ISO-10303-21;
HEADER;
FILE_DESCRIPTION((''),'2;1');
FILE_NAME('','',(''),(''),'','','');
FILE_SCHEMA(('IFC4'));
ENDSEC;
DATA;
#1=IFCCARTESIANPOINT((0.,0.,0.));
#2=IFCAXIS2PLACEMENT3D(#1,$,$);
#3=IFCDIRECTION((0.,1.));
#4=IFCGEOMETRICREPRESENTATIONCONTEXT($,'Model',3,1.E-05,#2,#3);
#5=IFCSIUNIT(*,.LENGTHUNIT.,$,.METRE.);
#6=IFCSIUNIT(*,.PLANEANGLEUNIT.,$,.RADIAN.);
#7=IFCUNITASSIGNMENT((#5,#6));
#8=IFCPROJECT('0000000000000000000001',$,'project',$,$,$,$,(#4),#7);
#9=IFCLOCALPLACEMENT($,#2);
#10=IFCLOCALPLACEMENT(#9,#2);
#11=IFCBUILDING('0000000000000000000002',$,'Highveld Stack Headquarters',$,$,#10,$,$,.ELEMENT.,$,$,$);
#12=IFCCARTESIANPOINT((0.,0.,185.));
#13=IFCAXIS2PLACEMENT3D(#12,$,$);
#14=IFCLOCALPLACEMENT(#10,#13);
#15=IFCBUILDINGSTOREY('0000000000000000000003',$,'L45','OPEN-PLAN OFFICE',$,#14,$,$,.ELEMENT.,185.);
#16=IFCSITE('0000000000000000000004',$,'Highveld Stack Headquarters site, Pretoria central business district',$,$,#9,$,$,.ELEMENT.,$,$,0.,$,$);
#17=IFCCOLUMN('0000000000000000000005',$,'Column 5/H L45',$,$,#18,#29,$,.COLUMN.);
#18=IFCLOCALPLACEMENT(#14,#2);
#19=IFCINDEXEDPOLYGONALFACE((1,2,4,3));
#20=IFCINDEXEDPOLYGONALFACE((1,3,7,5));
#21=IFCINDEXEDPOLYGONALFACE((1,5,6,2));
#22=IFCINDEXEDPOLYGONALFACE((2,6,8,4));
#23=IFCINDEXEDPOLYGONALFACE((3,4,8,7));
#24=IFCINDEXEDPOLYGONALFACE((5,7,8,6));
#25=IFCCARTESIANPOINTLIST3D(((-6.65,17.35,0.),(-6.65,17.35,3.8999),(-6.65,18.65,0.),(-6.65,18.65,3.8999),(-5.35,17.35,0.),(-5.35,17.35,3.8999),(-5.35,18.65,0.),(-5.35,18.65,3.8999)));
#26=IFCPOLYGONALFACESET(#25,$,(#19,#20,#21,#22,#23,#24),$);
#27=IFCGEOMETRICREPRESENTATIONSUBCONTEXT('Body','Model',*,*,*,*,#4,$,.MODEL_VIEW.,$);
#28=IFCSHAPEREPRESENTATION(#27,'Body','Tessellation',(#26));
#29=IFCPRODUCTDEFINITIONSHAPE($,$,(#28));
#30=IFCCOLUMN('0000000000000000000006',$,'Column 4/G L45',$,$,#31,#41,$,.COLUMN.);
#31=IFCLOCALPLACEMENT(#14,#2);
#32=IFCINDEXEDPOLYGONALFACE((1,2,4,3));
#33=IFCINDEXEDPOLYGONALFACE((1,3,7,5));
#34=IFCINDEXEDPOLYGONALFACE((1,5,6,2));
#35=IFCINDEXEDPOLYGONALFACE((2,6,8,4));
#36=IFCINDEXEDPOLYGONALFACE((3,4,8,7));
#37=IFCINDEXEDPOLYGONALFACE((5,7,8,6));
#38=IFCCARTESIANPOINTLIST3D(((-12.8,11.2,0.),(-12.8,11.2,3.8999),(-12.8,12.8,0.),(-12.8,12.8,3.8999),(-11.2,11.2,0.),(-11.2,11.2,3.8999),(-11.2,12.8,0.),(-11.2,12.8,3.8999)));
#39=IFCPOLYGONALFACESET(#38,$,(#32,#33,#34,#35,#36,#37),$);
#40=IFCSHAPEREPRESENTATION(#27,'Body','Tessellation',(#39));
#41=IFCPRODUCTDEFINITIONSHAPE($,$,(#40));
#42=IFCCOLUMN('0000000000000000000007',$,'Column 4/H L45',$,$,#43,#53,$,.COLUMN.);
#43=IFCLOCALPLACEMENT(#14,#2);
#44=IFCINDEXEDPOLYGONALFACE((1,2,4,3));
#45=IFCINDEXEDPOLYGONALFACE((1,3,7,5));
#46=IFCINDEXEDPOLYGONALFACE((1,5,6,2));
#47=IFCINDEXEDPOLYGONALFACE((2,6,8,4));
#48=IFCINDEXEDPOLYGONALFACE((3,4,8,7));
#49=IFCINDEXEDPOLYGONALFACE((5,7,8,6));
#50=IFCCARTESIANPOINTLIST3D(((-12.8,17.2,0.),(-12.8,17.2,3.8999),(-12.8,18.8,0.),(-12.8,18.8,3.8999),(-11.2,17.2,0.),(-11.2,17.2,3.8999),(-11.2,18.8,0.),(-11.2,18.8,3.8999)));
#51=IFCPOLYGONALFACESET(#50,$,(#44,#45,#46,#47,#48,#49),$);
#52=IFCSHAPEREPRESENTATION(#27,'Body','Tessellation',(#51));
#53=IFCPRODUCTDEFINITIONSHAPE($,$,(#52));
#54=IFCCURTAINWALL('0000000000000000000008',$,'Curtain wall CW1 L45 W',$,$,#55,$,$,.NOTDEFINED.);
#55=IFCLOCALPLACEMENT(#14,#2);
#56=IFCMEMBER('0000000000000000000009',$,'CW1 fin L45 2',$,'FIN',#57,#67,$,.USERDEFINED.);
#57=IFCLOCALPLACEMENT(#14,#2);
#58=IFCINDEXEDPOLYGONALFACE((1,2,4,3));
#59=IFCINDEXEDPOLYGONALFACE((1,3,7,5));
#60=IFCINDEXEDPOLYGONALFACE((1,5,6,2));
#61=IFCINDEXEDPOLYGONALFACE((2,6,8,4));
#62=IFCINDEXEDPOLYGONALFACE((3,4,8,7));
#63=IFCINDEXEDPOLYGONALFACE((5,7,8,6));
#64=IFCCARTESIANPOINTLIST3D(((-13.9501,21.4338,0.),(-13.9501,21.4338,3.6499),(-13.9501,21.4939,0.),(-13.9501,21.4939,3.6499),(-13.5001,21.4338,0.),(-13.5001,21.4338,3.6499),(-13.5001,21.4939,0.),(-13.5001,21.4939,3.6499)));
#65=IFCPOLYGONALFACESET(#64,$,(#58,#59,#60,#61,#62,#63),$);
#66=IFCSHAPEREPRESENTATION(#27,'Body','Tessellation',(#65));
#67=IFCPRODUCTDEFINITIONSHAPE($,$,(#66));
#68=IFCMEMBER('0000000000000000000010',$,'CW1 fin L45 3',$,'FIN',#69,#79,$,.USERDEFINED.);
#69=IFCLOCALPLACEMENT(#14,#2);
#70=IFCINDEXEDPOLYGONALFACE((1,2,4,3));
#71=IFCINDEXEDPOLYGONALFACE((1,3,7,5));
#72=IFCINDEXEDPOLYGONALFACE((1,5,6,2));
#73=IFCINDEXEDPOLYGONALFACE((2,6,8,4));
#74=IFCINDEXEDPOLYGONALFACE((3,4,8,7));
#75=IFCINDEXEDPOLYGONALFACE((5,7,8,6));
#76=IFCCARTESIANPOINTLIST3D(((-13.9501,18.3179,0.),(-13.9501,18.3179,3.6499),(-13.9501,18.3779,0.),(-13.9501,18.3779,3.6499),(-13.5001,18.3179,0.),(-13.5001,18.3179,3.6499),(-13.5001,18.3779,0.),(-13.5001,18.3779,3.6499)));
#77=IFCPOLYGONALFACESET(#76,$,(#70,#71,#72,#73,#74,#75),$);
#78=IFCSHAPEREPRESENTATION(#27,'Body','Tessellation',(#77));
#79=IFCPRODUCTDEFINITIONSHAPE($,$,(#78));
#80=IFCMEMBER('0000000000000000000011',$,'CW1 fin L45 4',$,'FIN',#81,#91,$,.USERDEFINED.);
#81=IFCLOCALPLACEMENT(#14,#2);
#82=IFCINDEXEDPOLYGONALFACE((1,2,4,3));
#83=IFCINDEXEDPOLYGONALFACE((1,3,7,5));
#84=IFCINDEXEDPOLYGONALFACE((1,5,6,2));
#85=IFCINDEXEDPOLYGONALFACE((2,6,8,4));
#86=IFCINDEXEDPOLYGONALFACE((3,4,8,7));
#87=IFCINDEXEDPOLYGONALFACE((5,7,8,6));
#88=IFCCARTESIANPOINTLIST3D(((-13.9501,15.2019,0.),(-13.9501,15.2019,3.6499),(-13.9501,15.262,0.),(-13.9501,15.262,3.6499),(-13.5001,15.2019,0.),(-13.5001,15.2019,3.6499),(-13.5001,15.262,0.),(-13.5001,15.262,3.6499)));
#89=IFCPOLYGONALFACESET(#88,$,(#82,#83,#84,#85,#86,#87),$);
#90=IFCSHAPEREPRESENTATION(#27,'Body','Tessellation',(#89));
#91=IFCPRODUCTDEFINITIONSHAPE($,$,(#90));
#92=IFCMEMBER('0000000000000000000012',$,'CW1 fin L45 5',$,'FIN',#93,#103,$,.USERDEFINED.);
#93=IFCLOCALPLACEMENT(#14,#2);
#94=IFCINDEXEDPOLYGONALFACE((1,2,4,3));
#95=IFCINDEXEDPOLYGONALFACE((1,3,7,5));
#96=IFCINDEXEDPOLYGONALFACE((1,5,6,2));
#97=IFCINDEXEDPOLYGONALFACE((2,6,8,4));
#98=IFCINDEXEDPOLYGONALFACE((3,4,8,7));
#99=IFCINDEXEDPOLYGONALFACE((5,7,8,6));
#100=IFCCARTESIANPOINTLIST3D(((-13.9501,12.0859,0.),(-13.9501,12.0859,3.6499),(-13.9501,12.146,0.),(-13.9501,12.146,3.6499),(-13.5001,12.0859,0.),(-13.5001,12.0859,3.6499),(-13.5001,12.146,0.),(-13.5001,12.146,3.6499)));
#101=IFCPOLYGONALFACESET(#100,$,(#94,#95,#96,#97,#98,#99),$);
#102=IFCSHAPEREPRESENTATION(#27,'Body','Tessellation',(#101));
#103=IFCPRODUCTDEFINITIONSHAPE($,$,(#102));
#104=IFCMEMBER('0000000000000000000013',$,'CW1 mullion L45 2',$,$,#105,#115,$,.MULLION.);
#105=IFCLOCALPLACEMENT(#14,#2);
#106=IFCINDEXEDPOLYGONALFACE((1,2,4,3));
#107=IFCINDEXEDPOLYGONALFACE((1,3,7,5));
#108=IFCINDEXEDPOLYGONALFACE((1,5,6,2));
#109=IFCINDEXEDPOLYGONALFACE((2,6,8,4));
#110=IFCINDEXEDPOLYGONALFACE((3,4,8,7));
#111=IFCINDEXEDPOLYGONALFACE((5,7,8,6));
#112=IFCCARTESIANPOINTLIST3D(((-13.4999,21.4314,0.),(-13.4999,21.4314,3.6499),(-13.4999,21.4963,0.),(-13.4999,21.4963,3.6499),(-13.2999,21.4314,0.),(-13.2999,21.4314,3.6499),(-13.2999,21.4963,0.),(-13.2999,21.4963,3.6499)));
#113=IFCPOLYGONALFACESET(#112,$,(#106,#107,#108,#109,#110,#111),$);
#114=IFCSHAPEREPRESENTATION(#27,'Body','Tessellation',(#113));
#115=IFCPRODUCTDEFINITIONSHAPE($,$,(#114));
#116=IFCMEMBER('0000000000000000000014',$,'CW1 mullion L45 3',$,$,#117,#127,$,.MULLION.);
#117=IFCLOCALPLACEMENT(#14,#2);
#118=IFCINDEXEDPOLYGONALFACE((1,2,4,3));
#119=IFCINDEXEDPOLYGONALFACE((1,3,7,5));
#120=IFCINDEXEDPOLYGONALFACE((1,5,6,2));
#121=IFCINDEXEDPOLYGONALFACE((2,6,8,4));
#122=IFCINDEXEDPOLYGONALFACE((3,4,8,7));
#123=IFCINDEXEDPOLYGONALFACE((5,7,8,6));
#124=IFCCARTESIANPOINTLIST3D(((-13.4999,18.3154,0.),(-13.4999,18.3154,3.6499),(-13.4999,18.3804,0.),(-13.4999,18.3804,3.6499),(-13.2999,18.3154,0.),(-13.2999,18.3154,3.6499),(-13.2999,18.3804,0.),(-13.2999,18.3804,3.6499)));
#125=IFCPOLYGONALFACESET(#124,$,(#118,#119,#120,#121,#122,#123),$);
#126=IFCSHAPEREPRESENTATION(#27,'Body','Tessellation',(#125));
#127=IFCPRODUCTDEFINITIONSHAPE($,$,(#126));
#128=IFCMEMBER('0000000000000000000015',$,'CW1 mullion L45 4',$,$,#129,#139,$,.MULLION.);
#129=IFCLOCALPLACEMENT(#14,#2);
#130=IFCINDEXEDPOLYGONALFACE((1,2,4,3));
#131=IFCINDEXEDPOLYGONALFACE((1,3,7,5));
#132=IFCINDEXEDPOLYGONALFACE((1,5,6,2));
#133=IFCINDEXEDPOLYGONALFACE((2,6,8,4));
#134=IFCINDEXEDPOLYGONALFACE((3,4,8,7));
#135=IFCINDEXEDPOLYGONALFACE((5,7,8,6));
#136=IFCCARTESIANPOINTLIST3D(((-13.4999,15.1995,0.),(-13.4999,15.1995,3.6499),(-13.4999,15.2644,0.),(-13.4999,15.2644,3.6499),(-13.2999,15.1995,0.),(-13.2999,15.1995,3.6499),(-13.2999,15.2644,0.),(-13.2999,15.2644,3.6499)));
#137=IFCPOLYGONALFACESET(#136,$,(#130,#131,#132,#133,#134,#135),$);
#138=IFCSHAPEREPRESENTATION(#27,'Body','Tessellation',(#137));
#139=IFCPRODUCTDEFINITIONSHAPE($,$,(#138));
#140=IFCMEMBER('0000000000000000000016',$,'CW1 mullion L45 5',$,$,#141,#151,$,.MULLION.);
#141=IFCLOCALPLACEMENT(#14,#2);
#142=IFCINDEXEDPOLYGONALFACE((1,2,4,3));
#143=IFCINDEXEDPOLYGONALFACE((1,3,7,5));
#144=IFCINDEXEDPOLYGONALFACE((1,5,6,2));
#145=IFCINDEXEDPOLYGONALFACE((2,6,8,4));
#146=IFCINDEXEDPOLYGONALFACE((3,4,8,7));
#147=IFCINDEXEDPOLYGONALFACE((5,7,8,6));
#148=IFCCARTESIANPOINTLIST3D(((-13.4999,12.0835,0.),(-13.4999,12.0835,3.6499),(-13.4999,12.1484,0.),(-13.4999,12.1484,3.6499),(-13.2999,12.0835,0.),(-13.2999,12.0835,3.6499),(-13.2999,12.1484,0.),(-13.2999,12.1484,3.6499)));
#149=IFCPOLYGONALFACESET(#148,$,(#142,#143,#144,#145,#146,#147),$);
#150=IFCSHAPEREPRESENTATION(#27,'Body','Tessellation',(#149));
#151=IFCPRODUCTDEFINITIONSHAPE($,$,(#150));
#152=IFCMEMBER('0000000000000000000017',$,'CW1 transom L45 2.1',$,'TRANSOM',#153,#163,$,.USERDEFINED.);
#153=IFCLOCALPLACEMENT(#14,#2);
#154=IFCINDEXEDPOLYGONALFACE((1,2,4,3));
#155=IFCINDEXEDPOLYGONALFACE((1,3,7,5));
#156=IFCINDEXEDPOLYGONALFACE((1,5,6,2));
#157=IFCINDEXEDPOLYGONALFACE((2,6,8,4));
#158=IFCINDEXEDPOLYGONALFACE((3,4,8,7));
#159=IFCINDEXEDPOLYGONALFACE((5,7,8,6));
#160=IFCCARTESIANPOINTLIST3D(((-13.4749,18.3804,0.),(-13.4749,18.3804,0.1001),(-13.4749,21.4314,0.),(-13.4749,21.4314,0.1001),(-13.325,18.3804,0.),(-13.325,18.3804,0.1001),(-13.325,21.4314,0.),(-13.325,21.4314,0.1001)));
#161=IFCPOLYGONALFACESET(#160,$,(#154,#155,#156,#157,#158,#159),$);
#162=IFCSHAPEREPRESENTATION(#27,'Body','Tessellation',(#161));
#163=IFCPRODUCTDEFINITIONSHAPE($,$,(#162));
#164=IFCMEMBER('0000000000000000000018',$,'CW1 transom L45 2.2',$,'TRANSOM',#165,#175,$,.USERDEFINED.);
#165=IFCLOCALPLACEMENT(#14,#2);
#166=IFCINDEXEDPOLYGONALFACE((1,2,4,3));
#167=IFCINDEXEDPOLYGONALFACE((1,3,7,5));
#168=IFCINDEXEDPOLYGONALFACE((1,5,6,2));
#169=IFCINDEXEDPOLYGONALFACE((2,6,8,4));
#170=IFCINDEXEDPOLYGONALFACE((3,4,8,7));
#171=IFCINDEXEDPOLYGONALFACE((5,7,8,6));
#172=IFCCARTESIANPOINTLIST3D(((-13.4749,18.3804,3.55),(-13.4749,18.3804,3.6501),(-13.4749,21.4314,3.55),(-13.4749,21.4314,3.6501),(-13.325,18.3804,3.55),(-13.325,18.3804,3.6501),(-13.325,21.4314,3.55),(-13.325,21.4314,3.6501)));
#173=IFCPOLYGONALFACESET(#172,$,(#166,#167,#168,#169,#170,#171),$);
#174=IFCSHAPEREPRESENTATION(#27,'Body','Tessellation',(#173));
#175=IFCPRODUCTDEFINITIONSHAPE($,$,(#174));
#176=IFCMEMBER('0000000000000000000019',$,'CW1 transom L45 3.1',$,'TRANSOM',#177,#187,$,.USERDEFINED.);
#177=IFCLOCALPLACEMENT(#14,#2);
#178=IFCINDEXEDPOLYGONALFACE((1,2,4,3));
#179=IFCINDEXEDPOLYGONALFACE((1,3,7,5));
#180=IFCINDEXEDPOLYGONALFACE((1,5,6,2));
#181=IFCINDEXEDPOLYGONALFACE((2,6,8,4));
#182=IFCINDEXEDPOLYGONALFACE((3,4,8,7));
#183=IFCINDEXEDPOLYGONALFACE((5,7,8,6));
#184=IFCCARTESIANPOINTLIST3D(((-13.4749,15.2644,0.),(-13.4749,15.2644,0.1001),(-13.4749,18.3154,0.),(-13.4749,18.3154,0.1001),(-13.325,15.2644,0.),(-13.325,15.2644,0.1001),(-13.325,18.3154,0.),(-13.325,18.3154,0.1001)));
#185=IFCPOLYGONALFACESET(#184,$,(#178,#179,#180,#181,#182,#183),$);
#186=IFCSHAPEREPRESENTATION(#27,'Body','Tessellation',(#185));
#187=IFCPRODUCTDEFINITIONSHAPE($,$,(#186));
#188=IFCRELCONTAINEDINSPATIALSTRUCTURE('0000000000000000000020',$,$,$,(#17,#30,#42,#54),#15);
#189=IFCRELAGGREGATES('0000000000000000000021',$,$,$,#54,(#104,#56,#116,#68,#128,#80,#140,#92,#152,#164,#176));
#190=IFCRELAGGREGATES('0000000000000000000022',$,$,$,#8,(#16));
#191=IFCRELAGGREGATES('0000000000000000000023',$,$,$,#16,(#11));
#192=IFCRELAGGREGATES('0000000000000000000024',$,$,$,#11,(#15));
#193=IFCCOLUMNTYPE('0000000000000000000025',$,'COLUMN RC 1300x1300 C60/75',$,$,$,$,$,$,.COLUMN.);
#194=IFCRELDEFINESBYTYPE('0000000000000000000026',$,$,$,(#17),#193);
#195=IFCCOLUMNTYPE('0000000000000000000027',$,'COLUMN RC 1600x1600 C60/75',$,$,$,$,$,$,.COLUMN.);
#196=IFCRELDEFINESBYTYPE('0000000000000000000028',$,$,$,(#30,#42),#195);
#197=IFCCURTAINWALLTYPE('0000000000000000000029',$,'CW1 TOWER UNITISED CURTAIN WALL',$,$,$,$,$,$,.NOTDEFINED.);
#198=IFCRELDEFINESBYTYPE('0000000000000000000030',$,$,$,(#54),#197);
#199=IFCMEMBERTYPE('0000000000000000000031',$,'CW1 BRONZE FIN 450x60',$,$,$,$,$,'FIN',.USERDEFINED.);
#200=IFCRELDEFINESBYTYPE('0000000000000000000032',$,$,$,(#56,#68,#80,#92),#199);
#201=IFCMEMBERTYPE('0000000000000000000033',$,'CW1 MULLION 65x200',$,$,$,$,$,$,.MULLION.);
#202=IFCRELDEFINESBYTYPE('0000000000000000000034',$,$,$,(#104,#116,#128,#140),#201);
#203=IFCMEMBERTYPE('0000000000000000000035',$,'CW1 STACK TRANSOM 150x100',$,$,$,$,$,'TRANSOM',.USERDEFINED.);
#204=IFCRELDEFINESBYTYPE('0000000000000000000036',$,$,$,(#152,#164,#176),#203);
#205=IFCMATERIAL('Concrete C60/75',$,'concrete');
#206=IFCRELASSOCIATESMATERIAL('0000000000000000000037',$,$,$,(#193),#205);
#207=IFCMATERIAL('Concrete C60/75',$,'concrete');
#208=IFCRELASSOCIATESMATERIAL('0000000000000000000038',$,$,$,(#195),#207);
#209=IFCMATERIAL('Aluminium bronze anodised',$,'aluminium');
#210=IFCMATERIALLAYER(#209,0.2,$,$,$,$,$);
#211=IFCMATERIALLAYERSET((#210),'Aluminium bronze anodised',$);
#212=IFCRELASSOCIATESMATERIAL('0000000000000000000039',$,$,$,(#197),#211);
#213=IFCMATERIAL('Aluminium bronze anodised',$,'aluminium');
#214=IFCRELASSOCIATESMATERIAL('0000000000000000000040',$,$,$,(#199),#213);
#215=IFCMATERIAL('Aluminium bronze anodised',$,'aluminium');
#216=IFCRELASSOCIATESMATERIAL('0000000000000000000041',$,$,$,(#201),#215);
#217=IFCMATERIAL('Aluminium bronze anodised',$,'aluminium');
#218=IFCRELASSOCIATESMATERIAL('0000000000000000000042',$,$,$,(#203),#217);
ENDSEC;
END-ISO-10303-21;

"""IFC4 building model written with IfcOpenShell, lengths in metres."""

from ifc_helpers import new_model, si_unit, direction, frame, origin, origin_2d, place, context, subcontext, project, spatial, rectangle, extrude, material, layer, layer_set, material_profile, profile_set, type_object, element, aggregate, save


model = new_model("IFC4")

# Units and contexts
model_context = context("Model", 3, precision=1e-05, world=origin(), true_north=direction((0.0, 1.0)))
body_context = subcontext(model_context, "Body", "Model", "MODEL_VIEW")
ifc_project = project(units=[si_unit("LENGTHUNIT", "METRE"), si_unit("PLANEANGLEUNIT", "RADIAN")], contexts=[model_context])

# Site, building, storey
site_placement = place(None, origin())
site = spatial("IfcSite", under=ifc_project, at=site_placement, Name="Highveld Stack Headquarters site, Pretoria central business district", CompositionType="ELEMENT", RefElevation=0.0)
building_placement = place(site_placement, origin())
building = spatial("IfcBuilding", under=site, at=building_placement, Name="Highveld Stack Headquarters", CompositionType="ELEMENT")
storey_placement = place(building_placement, frame((0.0, 0.0, 185.0)))
storey = spatial("IfcBuildingStorey", under=building, at=storey_placement, Name="L45", Description="OPEN-PLAN OFFICE", CompositionType="ELEMENT", Elevation=185.0)

# Columns
ifc_material_1 = material(Name="Concrete C60/75", Category="concrete")
ifc_material_profile_1 = material_profile(ifc_material_1, rectangle(XDim=1.3, YDim=1.3, at=origin_2d()), Name="RC 1300x1300")
ifc_profile_set_1 = profile_set([ifc_material_profile_1], Name="Concrete C60/75")
column_type_1 = type_object("IfcColumnType", Name="COLUMN RC 1300x1300 C60/75", PredefinedType="COLUMN", material=ifc_profile_set_1)
column_placement = place(storey_placement, frame((-6.0, 18.0, 0.0), z_axis=(0.0, 0.0, 1.0), x_axis=(1.0, 0.0, 0.0)))
element("IfcColumn", 1, at=column_placement, inside=storey, type_object=column_type_1, Name="Column 5/H L45", PredefinedType="COLUMN", context=body_context, shape_type="SweptSolid", body=[
    extrude(rectangle(XDim=1.3, YDim=1.3, at=origin_2d()), origin(), (0.0, 0.0, 1.0), 3.8999),
])
ifc_material_2 = material(Name="Concrete C60/75", Category="concrete")
ifc_material_profile_2 = material_profile(ifc_material_2, rectangle(XDim=1.6001, YDim=1.6001, at=origin_2d()), Name="RC 1600x1600")
ifc_profile_set_2 = profile_set([ifc_material_profile_2], Name="Concrete C60/75")
column_type_2 = type_object("IfcColumnType", Name="COLUMN RC 1600x1600 C60/75", PredefinedType="COLUMN", material=ifc_profile_set_2)
for number, where, z_axis, x_axis, name in (
    (2, (-12.0, 12.0, 0.0), (0.0, 0.0, 1.0), (1.0, 0.0, 0.0), "Column 4/G L45"),
    (3, (-12.0, 18.0, 0.0), (0.0, 0.0, 1.0), (1.0, 0.0, 0.0), "Column 4/H L45"),
):
    element("IfcColumn", number, at=place(storey_placement, frame(where, z_axis=z_axis, x_axis=x_axis)), inside=storey, type_object=column_type_2, Name=name, PredefinedType="COLUMN", context=body_context, shape_type="SweptSolid", body=[
        extrude(rectangle(XDim=1.6001, YDim=1.6001, at=origin_2d()), origin(), (0.0, 0.0, 1.0), 3.8999),
    ])

# Curtain wall, members
ifc_material_3 = material(Name="Aluminium bronze anodised", Category="aluminium")
ifc_layer_1 = layer(ifc_material_3, 0.2)
ifc_layer_set_1 = layer_set([ifc_layer_1], Name="Aluminium bronze anodised")
curtain_wall_type = type_object("IfcCurtainWallType", Name="CW1 TOWER UNITISED CURTAIN WALL", PredefinedType="NOTDEFINED", material=ifc_layer_set_1)
curtain_wall_placement = place(storey_placement, origin())
curtain_wall = element("IfcCurtainWall", 4, at=curtain_wall_placement, inside=storey, type_object=curtain_wall_type, Name="Curtain wall CW1 L45 W", PredefinedType="NOTDEFINED")
ifc_material_4 = material(Name="Aluminium bronze anodised", Category="aluminium")
ifc_material_profile_3 = material_profile(ifc_material_4, rectangle(XDim=0.45, YDim=0.0601, at=origin_2d()), Name="FIN 450x60")
ifc_profile_set_3 = profile_set([ifc_material_profile_3], Name="Aluminium bronze anodised")
member_type_1 = type_object("IfcMemberType", Name="CW1 BRONZE FIN 450x60", ElementType="FIN", PredefinedType="USERDEFINED", material=ifc_profile_set_3)
member_1_placement = place(storey_placement, frame((-13.7251, 21.4639, 0.0), z_axis=(0.0, 0.0, 1.0), x_axis=(1.0, 0.0, 0.0)))
member_1 = element("IfcMember", 5, at=member_1_placement, type_object=member_type_1, Name="CW1 fin L45 2", ObjectType="FIN", PredefinedType="USERDEFINED", context=body_context, shape_type="SweptSolid", body=[
    extrude(rectangle(XDim=0.45, YDim=0.0601, at=origin_2d()), origin(), (0.0, 0.0, 1.0), 3.6499),
])
member_2_placement = place(storey_placement, frame((-13.7251, 18.3479, 0.0), z_axis=(0.0, 0.0, 1.0), x_axis=(1.0, 0.0, 0.0)))
member_2 = element("IfcMember", 6, at=member_2_placement, type_object=member_type_1, Name="CW1 fin L45 3", ObjectType="FIN", PredefinedType="USERDEFINED", context=body_context, shape_type="SweptSolid", body=[
    extrude(rectangle(XDim=0.45, YDim=0.0601, at=origin_2d()), origin(), (0.0, 0.0, 1.0), 3.6499),
])
member_3_placement = place(storey_placement, frame((-13.7251, 15.2319, 0.0), z_axis=(0.0, 0.0, 1.0), x_axis=(1.0, 0.0, 0.0)))
member_3 = element("IfcMember", 7, at=member_3_placement, type_object=member_type_1, Name="CW1 fin L45 4", ObjectType="FIN", PredefinedType="USERDEFINED", context=body_context, shape_type="SweptSolid", body=[
    extrude(rectangle(XDim=0.45, YDim=0.0601, at=origin_2d()), origin(), (0.0, 0.0, 1.0), 3.6499),
])
member_4_placement = place(storey_placement, frame((-13.7251, 12.116, 0.0), z_axis=(0.0, 0.0, 1.0), x_axis=(1.0, 0.0, 0.0)))
member_4 = element("IfcMember", 8, at=member_4_placement, type_object=member_type_1, Name="CW1 fin L45 5", ObjectType="FIN", PredefinedType="USERDEFINED", context=body_context, shape_type="SweptSolid", body=[
    extrude(rectangle(XDim=0.45, YDim=0.0601, at=origin_2d()), origin(), (0.0, 0.0, 1.0), 3.6499),
])
ifc_material_5 = material(Name="Aluminium bronze anodised", Category="aluminium")
ifc_material_profile_4 = material_profile(ifc_material_5, rectangle(XDim=0.2, YDim=0.0649, at=origin_2d()), Name="CW1 MULLION 65x200")
ifc_profile_set_4 = profile_set([ifc_material_profile_4], Name="Aluminium bronze anodised")
member_type_2 = type_object("IfcMemberType", Name="CW1 MULLION 65x200", PredefinedType="MULLION", material=ifc_profile_set_4)
member_5_placement = place(storey_placement, frame((-13.3999, 21.4639, 0.0), z_axis=(0.0, 0.0, 1.0), x_axis=(1.0, 0.0, 0.0)))
member_5 = element("IfcMember", 9, at=member_5_placement, type_object=member_type_2, Name="CW1 mullion L45 2", PredefinedType="MULLION", context=body_context, shape_type="SweptSolid", body=[
    extrude(rectangle(XDim=0.2, YDim=0.0649, at=origin_2d()), origin(), (0.0, 0.0, 1.0), 3.6499),
])
member_6_placement = place(storey_placement, frame((-13.3999, 18.3479, 0.0), z_axis=(0.0, 0.0, 1.0), x_axis=(1.0, 0.0, 0.0)))
member_6 = element("IfcMember", 10, at=member_6_placement, type_object=member_type_2, Name="CW1 mullion L45 3", PredefinedType="MULLION", context=body_context, shape_type="SweptSolid", body=[
    extrude(rectangle(XDim=0.2, YDim=0.0649, at=origin_2d()), origin(), (0.0, 0.0, 1.0), 3.6499),
])
member_7_placement = place(storey_placement, frame((-13.3999, 15.2319, 0.0), z_axis=(0.0, 0.0, 1.0), x_axis=(1.0, 0.0, 0.0)))
member_7 = element("IfcMember", 11, at=member_7_placement, type_object=member_type_2, Name="CW1 mullion L45 4", PredefinedType="MULLION", context=body_context, shape_type="SweptSolid", body=[
    extrude(rectangle(XDim=0.2, YDim=0.0649, at=origin_2d()), origin(), (0.0, 0.0, 1.0), 3.6499),
])
member_8_placement = place(storey_placement, frame((-13.3999, 12.116, 0.0), z_axis=(0.0, 0.0, 1.0), x_axis=(1.0, 0.0, 0.0)))
member_8 = element("IfcMember", 12, at=member_8_placement, type_object=member_type_2, Name="CW1 mullion L45 5", PredefinedType="MULLION", context=body_context, shape_type="SweptSolid", body=[
    extrude(rectangle(XDim=0.2, YDim=0.0649, at=origin_2d()), origin(), (0.0, 0.0, 1.0), 3.6499),
])
ifc_material_6 = material(Name="Aluminium bronze anodised", Category="aluminium")
ifc_material_profile_5 = material_profile(ifc_material_6, rectangle(XDim=0.1499, YDim=0.1001, at=origin_2d()), Name="CW1 TRANSOM 150x100")
ifc_profile_set_5 = profile_set([ifc_material_profile_5], Name="Aluminium bronze anodised")
member_type_3 = type_object("IfcMemberType", Name="CW1 STACK TRANSOM 150x100", ElementType="TRANSOM", PredefinedType="USERDEFINED", material=ifc_profile_set_5)
member_9_placement = place(storey_placement, frame((-13.3999, 21.4314, 0.05), z_axis=(0.0, -1.0, 0.0), x_axis=(1.0, 0.0, 0.0)))
member_9 = element("IfcMember", 13, at=member_9_placement, type_object=member_type_3, Name="CW1 transom L45 2.1", ObjectType="TRANSOM", PredefinedType="USERDEFINED", context=body_context, shape_type="SweptSolid", body=[
    extrude(rectangle(XDim=0.1499, YDim=0.1001, at=origin_2d()), origin(), (0.0, 0.0, 1.0), 3.051),
])
member_10_placement = place(storey_placement, frame((-13.3999, 21.4314, 3.6001), z_axis=(0.0, -1.0, 0.0), x_axis=(1.0, 0.0, 0.0)))
member_10 = element("IfcMember", 14, at=member_10_placement, type_object=member_type_3, Name="CW1 transom L45 2.2", ObjectType="TRANSOM", PredefinedType="USERDEFINED", context=body_context, shape_type="SweptSolid", body=[
    extrude(rectangle(XDim=0.1499, YDim=0.1001, at=origin_2d()), origin(), (0.0, 0.0, 1.0), 3.051),
])
member_11_placement = place(storey_placement, frame((-13.3999, 18.3154, 0.05), z_axis=(0.0, -1.0, 0.0), x_axis=(1.0, 0.0, 0.0)))
member_11 = element("IfcMember", 15, at=member_11_placement, type_object=member_type_3, Name="CW1 transom L45 3.1", ObjectType="TRANSOM", PredefinedType="USERDEFINED", context=body_context, shape_type="SweptSolid", body=[
    extrude(rectangle(XDim=0.1499, YDim=0.1001, at=origin_2d()), origin(), (0.0, 0.0, 1.0), 3.051),
])
aggregate(curtain_wall, [member_5, member_1, member_6, member_2, member_7, member_3, member_8, member_4, member_9, member_10, member_11])

save(model, "model.ifc")
